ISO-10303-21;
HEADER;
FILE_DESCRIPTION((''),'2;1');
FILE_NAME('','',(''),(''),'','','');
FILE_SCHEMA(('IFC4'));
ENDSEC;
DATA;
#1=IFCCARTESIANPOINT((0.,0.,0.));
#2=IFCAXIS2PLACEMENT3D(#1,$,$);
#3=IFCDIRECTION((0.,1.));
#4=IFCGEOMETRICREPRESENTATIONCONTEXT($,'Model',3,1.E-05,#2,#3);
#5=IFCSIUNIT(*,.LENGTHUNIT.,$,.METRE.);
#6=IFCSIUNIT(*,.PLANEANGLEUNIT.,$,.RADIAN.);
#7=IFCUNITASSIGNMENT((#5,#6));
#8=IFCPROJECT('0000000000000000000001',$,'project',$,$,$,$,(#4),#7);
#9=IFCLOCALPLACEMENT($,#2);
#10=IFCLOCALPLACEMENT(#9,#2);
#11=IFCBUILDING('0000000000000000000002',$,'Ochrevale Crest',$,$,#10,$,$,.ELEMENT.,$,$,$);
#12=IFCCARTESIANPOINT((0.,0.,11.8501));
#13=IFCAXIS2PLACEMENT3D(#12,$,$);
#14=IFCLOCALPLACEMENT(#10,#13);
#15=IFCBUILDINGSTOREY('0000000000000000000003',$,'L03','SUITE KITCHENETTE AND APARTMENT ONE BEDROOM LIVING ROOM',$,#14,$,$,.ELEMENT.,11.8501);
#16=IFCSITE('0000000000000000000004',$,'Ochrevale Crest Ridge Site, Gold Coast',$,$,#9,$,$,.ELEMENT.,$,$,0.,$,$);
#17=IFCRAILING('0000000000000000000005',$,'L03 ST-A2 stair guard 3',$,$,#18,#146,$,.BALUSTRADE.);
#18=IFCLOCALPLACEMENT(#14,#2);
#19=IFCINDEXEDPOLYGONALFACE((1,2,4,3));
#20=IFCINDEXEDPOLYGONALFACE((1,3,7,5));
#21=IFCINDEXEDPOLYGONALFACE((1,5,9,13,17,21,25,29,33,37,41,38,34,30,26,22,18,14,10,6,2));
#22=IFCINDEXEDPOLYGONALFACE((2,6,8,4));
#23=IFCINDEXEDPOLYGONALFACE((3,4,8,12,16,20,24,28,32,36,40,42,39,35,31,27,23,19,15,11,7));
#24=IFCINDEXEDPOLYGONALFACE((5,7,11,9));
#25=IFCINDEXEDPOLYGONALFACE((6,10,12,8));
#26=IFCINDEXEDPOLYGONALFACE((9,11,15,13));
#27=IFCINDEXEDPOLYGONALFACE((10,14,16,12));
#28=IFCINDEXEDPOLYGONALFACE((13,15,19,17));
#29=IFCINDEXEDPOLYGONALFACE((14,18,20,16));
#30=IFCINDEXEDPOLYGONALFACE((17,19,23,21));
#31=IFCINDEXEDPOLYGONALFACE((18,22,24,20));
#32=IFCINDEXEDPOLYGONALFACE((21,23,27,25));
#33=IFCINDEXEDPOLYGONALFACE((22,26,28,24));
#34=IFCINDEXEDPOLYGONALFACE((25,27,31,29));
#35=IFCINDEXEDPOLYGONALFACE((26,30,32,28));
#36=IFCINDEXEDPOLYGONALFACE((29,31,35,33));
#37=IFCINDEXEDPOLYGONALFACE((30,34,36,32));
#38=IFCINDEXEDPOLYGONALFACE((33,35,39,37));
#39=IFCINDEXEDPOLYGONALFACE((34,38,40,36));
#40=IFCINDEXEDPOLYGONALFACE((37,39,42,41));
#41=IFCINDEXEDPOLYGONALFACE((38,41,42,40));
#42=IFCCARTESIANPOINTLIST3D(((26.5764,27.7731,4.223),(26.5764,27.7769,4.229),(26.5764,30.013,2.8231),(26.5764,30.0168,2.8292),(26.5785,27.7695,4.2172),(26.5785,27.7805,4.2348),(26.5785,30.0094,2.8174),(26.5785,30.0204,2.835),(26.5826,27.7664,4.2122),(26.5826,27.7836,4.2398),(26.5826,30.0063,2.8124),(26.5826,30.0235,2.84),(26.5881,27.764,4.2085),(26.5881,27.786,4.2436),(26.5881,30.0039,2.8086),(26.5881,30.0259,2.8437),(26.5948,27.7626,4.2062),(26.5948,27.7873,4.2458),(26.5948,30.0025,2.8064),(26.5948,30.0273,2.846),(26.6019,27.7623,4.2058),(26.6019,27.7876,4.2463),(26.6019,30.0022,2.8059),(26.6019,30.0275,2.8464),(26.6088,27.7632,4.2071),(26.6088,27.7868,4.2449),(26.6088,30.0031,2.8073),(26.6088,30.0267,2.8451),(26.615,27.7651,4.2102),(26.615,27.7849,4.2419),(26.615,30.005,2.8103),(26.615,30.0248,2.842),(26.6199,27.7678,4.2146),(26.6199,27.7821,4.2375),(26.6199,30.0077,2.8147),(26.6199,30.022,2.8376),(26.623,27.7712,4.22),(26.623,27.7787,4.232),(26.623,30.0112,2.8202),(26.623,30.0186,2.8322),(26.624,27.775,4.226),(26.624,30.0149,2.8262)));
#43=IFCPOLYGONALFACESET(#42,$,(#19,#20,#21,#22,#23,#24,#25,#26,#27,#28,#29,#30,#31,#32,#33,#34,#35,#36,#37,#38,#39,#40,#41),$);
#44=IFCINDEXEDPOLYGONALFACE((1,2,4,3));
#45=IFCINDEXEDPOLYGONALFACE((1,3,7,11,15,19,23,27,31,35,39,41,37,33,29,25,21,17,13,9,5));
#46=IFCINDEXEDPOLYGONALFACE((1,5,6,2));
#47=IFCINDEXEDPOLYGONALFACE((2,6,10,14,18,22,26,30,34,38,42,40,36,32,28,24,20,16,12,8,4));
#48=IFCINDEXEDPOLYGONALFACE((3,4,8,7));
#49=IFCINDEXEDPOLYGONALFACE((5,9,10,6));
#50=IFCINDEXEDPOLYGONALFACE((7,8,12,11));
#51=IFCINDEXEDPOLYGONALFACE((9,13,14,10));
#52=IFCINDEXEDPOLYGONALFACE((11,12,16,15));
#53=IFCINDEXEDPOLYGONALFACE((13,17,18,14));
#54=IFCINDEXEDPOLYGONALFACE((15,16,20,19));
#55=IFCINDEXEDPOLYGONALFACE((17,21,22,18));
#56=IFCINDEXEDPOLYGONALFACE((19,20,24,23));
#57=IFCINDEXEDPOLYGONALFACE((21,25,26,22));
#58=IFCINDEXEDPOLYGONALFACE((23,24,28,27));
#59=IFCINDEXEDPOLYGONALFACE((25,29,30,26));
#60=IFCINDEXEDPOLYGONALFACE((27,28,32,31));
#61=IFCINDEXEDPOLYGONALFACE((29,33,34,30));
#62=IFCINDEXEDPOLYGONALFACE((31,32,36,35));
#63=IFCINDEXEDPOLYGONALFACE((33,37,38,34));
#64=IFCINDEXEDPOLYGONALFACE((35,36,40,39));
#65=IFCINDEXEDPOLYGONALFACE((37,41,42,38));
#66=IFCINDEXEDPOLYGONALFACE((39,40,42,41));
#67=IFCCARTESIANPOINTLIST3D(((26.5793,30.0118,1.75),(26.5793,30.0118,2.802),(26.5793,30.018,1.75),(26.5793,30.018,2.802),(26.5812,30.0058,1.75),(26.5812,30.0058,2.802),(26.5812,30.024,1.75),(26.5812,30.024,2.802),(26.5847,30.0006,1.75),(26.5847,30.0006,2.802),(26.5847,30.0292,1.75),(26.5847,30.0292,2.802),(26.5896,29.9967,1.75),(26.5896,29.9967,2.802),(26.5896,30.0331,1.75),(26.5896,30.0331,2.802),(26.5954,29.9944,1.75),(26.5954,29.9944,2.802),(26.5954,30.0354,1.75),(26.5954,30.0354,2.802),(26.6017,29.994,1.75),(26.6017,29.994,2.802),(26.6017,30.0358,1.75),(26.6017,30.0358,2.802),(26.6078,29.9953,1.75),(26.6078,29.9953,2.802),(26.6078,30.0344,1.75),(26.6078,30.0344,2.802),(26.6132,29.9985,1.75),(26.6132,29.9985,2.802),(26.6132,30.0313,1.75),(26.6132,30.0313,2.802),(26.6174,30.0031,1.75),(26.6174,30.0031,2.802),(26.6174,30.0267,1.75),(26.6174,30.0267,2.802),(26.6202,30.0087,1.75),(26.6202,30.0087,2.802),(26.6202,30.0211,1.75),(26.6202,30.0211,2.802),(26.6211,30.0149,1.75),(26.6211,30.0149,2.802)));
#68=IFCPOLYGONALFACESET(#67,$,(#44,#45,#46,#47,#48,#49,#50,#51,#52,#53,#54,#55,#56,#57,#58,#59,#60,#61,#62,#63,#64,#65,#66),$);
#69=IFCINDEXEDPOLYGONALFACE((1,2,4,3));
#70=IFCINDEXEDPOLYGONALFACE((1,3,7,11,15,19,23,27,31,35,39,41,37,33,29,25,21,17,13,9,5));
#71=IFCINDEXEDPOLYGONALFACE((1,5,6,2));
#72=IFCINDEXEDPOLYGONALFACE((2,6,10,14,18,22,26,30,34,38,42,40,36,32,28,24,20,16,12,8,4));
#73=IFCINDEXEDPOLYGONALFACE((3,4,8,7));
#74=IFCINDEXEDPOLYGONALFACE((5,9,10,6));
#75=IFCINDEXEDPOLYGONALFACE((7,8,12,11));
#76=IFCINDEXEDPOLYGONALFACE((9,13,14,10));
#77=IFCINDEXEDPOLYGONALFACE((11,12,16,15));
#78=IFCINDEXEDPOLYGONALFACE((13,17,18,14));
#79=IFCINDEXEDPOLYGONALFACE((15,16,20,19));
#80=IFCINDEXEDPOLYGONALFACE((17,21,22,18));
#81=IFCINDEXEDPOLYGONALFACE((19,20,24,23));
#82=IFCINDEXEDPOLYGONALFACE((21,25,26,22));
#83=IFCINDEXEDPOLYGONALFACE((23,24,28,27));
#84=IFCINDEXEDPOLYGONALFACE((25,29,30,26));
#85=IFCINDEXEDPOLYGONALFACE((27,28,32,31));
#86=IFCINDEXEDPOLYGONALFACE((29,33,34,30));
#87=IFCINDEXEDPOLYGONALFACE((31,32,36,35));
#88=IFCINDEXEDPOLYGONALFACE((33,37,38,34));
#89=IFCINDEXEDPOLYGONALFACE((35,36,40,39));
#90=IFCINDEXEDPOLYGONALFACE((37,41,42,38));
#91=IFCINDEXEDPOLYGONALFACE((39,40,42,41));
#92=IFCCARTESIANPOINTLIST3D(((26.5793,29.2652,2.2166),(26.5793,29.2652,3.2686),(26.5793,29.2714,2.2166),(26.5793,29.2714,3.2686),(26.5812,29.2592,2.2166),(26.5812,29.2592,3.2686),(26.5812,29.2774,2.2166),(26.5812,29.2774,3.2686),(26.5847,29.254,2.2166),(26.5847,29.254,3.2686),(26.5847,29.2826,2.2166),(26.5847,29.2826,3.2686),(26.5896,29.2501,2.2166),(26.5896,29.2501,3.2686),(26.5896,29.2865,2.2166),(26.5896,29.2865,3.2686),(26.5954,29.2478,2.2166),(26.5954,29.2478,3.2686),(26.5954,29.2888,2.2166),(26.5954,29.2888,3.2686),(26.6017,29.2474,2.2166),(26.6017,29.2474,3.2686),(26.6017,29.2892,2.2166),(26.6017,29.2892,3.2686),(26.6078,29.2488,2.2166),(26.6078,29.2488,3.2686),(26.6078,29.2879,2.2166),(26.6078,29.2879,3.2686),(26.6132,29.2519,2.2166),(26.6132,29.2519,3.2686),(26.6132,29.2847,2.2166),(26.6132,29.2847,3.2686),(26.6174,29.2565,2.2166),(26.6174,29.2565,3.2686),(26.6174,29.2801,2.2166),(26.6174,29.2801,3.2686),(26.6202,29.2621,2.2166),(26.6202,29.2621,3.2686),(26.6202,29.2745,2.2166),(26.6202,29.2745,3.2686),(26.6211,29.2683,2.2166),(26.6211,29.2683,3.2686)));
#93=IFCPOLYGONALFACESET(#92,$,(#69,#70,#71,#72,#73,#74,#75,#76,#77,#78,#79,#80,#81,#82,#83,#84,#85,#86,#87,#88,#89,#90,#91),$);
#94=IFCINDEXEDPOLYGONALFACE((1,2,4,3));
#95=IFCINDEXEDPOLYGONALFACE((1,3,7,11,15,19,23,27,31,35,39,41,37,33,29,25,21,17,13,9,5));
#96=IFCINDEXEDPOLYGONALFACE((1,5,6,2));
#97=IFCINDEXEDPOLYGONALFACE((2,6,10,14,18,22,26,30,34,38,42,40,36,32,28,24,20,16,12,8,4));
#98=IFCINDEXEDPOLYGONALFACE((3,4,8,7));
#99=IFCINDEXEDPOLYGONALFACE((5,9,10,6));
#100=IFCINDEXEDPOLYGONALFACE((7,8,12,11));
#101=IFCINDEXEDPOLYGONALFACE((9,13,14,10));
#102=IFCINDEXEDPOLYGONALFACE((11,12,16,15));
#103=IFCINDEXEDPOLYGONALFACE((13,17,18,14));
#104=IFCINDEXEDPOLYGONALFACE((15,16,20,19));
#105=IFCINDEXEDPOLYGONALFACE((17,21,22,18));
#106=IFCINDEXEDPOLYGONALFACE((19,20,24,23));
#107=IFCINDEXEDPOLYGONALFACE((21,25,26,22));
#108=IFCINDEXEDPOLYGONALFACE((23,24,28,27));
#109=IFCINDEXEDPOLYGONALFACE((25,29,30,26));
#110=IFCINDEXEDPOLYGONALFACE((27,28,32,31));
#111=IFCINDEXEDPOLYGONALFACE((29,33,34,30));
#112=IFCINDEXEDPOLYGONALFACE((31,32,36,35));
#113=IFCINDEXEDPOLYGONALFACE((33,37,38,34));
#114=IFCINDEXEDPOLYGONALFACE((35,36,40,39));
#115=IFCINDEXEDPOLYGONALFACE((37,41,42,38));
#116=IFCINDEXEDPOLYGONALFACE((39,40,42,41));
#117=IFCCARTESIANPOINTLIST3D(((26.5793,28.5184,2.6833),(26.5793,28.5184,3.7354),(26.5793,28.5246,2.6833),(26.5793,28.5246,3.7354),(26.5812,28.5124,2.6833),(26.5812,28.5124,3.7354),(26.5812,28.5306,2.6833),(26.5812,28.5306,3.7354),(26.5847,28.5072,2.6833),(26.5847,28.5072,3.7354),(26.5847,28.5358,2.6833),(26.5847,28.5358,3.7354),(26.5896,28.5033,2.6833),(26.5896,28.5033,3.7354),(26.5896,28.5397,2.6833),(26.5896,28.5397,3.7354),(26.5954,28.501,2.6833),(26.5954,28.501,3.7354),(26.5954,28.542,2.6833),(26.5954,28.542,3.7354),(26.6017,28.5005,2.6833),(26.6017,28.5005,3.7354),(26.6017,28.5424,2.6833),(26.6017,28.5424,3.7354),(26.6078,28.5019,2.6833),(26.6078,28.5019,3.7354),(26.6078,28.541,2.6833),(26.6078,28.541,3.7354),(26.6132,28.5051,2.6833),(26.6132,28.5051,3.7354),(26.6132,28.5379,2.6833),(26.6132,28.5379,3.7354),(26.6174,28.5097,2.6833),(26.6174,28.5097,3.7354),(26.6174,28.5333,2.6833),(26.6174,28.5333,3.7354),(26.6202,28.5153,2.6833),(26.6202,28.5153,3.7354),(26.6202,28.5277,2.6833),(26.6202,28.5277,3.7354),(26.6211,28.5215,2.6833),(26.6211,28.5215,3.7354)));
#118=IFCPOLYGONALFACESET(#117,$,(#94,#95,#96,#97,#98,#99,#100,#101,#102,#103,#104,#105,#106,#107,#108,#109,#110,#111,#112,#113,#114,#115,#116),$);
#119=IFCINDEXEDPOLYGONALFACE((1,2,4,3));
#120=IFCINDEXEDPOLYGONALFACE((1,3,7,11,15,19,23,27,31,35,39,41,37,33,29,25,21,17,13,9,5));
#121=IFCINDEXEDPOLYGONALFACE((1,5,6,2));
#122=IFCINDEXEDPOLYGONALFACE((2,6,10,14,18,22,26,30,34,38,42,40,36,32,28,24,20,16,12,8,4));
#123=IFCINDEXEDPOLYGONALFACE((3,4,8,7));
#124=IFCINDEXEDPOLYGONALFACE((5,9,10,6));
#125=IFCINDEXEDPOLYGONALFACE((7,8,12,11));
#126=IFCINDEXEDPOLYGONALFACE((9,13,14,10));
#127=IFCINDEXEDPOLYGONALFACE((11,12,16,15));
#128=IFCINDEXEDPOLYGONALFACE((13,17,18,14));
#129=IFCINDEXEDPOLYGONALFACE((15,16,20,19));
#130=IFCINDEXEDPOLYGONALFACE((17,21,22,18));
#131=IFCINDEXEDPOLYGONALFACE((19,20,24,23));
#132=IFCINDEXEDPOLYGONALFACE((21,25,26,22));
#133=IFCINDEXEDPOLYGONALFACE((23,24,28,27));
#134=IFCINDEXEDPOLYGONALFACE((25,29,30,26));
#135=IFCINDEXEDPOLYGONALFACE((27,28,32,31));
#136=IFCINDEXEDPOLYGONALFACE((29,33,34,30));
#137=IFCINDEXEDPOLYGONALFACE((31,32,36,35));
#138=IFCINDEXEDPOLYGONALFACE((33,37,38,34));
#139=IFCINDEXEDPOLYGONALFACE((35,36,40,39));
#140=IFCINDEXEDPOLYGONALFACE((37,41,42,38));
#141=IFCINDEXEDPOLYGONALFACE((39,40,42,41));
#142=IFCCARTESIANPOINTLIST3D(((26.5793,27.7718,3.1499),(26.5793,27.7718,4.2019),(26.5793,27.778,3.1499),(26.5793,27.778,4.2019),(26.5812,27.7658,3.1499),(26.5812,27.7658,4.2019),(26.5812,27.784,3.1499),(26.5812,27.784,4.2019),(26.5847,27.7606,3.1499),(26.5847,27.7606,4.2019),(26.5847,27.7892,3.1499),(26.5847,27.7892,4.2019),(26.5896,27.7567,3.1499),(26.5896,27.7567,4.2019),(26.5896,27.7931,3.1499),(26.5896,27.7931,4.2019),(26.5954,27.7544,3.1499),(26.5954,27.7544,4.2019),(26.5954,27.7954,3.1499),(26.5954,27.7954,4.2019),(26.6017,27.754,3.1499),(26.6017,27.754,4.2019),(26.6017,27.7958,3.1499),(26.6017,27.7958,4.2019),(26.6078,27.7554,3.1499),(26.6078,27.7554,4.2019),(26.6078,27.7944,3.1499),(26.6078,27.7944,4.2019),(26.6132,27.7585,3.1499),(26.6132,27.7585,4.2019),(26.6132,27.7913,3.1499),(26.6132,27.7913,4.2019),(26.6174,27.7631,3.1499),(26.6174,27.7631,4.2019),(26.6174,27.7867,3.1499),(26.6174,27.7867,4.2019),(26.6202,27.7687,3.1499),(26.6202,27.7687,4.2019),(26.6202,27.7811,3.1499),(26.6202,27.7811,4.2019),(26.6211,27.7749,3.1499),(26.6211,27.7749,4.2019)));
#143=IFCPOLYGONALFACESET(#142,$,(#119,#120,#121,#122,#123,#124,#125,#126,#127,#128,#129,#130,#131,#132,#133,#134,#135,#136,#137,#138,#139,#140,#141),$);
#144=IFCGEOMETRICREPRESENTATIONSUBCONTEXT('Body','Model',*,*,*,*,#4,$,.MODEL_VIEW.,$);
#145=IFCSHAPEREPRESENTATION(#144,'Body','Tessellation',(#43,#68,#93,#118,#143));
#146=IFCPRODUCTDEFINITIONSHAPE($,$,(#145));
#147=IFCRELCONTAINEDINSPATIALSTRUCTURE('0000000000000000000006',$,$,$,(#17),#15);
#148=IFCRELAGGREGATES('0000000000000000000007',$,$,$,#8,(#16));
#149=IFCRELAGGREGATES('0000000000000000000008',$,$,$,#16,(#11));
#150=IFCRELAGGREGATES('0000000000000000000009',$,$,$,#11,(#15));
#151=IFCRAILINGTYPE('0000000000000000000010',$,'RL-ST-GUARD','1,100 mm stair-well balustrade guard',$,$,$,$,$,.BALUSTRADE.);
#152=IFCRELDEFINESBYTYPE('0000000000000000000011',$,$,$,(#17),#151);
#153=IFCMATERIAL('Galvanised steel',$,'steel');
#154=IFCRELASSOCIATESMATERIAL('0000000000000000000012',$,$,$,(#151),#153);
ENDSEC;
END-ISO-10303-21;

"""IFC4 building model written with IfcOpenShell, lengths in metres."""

from ifc_helpers import new_model, si_unit, direction, frame, origin, origin_2d, place, context, subcontext, project, spatial, circle, extrude, material, type_object, element, save


model = new_model("IFC4")

# Units and contexts
model_context = context("Model", 3, precision=1e-05, world=origin(), true_north=direction((0.0, 1.0)))
body_context = subcontext(model_context, "Body", "Model", "MODEL_VIEW")
ifc_project = project(units=[si_unit("LENGTHUNIT", "METRE"), si_unit("PLANEANGLEUNIT", "RADIAN")], contexts=[model_context])

# Site, building, storey
site_placement = place(None, origin())
site = spatial("IfcSite", under=ifc_project, at=site_placement, Name="Ochrevale Crest Ridge Site, Gold Coast", CompositionType="ELEMENT", RefElevation=0.0)
building_placement = place(site_placement, origin())
building = spatial("IfcBuilding", under=site, at=building_placement, Name="Ochrevale Crest", CompositionType="ELEMENT")
storey_placement = place(building_placement, frame((0.0, 0.0, 11.8501)))
storey = spatial("IfcBuildingStorey", under=building, at=storey_placement, Name="L03", Description="SUITE KITCHENETTE AND APARTMENT ONE BEDROOM LIVING ROOM", CompositionType="ELEMENT", Elevation=11.8501)

# Railing
ifc_material_1 = material(Name="Galvanised steel", Category="steel")
railing_type_1 = type_object("IfcRailingType", Name="RL-ST-GUARD", Description="1,100 mm stair-well balustrade guard", PredefinedType="BALUSTRADE", material=ifc_material_1)
railing_1_placement = place(storey_placement, frame((26.6001, 30.0149, 1.75)))
element("IfcRailing", 1, at=railing_1_placement, inside=storey, type_object=railing_type_1, Name="L03 ST-A2 stair guard 3", PredefinedType="BALUSTRADE", context=body_context, shape_type="SweptSolid", body=[
    extrude(circle(Radius=0.0239, at=origin_2d()), frame((0.0, 0.0, 1.0762), z_axis=(0.0, -0.848014, 0.529974), x_axis=(1.0, 0.0, 0.0)), (0.0, 0.0, 1.0), 2.6414),
    extrude(circle(Radius=0.021, at=origin_2d()), origin(), (0.0, 0.0, 1.0), 1.052),
    extrude(circle(Radius=0.021, at=origin_2d()), frame((0.0, -0.7466, 0.4666)), (0.0, 0.0, 1.0), 1.052),
    extrude(circle(Radius=0.021, at=origin_2d()), frame((0.0, -1.4934, 0.9333)), (0.0, 0.0, 1.0), 1.052),
    extrude(circle(Radius=0.021, at=origin_2d()), frame((0.0, -2.24, 1.3999)), (0.0, 0.0, 1.0), 1.052),
])

save(model, "model.ifc")
